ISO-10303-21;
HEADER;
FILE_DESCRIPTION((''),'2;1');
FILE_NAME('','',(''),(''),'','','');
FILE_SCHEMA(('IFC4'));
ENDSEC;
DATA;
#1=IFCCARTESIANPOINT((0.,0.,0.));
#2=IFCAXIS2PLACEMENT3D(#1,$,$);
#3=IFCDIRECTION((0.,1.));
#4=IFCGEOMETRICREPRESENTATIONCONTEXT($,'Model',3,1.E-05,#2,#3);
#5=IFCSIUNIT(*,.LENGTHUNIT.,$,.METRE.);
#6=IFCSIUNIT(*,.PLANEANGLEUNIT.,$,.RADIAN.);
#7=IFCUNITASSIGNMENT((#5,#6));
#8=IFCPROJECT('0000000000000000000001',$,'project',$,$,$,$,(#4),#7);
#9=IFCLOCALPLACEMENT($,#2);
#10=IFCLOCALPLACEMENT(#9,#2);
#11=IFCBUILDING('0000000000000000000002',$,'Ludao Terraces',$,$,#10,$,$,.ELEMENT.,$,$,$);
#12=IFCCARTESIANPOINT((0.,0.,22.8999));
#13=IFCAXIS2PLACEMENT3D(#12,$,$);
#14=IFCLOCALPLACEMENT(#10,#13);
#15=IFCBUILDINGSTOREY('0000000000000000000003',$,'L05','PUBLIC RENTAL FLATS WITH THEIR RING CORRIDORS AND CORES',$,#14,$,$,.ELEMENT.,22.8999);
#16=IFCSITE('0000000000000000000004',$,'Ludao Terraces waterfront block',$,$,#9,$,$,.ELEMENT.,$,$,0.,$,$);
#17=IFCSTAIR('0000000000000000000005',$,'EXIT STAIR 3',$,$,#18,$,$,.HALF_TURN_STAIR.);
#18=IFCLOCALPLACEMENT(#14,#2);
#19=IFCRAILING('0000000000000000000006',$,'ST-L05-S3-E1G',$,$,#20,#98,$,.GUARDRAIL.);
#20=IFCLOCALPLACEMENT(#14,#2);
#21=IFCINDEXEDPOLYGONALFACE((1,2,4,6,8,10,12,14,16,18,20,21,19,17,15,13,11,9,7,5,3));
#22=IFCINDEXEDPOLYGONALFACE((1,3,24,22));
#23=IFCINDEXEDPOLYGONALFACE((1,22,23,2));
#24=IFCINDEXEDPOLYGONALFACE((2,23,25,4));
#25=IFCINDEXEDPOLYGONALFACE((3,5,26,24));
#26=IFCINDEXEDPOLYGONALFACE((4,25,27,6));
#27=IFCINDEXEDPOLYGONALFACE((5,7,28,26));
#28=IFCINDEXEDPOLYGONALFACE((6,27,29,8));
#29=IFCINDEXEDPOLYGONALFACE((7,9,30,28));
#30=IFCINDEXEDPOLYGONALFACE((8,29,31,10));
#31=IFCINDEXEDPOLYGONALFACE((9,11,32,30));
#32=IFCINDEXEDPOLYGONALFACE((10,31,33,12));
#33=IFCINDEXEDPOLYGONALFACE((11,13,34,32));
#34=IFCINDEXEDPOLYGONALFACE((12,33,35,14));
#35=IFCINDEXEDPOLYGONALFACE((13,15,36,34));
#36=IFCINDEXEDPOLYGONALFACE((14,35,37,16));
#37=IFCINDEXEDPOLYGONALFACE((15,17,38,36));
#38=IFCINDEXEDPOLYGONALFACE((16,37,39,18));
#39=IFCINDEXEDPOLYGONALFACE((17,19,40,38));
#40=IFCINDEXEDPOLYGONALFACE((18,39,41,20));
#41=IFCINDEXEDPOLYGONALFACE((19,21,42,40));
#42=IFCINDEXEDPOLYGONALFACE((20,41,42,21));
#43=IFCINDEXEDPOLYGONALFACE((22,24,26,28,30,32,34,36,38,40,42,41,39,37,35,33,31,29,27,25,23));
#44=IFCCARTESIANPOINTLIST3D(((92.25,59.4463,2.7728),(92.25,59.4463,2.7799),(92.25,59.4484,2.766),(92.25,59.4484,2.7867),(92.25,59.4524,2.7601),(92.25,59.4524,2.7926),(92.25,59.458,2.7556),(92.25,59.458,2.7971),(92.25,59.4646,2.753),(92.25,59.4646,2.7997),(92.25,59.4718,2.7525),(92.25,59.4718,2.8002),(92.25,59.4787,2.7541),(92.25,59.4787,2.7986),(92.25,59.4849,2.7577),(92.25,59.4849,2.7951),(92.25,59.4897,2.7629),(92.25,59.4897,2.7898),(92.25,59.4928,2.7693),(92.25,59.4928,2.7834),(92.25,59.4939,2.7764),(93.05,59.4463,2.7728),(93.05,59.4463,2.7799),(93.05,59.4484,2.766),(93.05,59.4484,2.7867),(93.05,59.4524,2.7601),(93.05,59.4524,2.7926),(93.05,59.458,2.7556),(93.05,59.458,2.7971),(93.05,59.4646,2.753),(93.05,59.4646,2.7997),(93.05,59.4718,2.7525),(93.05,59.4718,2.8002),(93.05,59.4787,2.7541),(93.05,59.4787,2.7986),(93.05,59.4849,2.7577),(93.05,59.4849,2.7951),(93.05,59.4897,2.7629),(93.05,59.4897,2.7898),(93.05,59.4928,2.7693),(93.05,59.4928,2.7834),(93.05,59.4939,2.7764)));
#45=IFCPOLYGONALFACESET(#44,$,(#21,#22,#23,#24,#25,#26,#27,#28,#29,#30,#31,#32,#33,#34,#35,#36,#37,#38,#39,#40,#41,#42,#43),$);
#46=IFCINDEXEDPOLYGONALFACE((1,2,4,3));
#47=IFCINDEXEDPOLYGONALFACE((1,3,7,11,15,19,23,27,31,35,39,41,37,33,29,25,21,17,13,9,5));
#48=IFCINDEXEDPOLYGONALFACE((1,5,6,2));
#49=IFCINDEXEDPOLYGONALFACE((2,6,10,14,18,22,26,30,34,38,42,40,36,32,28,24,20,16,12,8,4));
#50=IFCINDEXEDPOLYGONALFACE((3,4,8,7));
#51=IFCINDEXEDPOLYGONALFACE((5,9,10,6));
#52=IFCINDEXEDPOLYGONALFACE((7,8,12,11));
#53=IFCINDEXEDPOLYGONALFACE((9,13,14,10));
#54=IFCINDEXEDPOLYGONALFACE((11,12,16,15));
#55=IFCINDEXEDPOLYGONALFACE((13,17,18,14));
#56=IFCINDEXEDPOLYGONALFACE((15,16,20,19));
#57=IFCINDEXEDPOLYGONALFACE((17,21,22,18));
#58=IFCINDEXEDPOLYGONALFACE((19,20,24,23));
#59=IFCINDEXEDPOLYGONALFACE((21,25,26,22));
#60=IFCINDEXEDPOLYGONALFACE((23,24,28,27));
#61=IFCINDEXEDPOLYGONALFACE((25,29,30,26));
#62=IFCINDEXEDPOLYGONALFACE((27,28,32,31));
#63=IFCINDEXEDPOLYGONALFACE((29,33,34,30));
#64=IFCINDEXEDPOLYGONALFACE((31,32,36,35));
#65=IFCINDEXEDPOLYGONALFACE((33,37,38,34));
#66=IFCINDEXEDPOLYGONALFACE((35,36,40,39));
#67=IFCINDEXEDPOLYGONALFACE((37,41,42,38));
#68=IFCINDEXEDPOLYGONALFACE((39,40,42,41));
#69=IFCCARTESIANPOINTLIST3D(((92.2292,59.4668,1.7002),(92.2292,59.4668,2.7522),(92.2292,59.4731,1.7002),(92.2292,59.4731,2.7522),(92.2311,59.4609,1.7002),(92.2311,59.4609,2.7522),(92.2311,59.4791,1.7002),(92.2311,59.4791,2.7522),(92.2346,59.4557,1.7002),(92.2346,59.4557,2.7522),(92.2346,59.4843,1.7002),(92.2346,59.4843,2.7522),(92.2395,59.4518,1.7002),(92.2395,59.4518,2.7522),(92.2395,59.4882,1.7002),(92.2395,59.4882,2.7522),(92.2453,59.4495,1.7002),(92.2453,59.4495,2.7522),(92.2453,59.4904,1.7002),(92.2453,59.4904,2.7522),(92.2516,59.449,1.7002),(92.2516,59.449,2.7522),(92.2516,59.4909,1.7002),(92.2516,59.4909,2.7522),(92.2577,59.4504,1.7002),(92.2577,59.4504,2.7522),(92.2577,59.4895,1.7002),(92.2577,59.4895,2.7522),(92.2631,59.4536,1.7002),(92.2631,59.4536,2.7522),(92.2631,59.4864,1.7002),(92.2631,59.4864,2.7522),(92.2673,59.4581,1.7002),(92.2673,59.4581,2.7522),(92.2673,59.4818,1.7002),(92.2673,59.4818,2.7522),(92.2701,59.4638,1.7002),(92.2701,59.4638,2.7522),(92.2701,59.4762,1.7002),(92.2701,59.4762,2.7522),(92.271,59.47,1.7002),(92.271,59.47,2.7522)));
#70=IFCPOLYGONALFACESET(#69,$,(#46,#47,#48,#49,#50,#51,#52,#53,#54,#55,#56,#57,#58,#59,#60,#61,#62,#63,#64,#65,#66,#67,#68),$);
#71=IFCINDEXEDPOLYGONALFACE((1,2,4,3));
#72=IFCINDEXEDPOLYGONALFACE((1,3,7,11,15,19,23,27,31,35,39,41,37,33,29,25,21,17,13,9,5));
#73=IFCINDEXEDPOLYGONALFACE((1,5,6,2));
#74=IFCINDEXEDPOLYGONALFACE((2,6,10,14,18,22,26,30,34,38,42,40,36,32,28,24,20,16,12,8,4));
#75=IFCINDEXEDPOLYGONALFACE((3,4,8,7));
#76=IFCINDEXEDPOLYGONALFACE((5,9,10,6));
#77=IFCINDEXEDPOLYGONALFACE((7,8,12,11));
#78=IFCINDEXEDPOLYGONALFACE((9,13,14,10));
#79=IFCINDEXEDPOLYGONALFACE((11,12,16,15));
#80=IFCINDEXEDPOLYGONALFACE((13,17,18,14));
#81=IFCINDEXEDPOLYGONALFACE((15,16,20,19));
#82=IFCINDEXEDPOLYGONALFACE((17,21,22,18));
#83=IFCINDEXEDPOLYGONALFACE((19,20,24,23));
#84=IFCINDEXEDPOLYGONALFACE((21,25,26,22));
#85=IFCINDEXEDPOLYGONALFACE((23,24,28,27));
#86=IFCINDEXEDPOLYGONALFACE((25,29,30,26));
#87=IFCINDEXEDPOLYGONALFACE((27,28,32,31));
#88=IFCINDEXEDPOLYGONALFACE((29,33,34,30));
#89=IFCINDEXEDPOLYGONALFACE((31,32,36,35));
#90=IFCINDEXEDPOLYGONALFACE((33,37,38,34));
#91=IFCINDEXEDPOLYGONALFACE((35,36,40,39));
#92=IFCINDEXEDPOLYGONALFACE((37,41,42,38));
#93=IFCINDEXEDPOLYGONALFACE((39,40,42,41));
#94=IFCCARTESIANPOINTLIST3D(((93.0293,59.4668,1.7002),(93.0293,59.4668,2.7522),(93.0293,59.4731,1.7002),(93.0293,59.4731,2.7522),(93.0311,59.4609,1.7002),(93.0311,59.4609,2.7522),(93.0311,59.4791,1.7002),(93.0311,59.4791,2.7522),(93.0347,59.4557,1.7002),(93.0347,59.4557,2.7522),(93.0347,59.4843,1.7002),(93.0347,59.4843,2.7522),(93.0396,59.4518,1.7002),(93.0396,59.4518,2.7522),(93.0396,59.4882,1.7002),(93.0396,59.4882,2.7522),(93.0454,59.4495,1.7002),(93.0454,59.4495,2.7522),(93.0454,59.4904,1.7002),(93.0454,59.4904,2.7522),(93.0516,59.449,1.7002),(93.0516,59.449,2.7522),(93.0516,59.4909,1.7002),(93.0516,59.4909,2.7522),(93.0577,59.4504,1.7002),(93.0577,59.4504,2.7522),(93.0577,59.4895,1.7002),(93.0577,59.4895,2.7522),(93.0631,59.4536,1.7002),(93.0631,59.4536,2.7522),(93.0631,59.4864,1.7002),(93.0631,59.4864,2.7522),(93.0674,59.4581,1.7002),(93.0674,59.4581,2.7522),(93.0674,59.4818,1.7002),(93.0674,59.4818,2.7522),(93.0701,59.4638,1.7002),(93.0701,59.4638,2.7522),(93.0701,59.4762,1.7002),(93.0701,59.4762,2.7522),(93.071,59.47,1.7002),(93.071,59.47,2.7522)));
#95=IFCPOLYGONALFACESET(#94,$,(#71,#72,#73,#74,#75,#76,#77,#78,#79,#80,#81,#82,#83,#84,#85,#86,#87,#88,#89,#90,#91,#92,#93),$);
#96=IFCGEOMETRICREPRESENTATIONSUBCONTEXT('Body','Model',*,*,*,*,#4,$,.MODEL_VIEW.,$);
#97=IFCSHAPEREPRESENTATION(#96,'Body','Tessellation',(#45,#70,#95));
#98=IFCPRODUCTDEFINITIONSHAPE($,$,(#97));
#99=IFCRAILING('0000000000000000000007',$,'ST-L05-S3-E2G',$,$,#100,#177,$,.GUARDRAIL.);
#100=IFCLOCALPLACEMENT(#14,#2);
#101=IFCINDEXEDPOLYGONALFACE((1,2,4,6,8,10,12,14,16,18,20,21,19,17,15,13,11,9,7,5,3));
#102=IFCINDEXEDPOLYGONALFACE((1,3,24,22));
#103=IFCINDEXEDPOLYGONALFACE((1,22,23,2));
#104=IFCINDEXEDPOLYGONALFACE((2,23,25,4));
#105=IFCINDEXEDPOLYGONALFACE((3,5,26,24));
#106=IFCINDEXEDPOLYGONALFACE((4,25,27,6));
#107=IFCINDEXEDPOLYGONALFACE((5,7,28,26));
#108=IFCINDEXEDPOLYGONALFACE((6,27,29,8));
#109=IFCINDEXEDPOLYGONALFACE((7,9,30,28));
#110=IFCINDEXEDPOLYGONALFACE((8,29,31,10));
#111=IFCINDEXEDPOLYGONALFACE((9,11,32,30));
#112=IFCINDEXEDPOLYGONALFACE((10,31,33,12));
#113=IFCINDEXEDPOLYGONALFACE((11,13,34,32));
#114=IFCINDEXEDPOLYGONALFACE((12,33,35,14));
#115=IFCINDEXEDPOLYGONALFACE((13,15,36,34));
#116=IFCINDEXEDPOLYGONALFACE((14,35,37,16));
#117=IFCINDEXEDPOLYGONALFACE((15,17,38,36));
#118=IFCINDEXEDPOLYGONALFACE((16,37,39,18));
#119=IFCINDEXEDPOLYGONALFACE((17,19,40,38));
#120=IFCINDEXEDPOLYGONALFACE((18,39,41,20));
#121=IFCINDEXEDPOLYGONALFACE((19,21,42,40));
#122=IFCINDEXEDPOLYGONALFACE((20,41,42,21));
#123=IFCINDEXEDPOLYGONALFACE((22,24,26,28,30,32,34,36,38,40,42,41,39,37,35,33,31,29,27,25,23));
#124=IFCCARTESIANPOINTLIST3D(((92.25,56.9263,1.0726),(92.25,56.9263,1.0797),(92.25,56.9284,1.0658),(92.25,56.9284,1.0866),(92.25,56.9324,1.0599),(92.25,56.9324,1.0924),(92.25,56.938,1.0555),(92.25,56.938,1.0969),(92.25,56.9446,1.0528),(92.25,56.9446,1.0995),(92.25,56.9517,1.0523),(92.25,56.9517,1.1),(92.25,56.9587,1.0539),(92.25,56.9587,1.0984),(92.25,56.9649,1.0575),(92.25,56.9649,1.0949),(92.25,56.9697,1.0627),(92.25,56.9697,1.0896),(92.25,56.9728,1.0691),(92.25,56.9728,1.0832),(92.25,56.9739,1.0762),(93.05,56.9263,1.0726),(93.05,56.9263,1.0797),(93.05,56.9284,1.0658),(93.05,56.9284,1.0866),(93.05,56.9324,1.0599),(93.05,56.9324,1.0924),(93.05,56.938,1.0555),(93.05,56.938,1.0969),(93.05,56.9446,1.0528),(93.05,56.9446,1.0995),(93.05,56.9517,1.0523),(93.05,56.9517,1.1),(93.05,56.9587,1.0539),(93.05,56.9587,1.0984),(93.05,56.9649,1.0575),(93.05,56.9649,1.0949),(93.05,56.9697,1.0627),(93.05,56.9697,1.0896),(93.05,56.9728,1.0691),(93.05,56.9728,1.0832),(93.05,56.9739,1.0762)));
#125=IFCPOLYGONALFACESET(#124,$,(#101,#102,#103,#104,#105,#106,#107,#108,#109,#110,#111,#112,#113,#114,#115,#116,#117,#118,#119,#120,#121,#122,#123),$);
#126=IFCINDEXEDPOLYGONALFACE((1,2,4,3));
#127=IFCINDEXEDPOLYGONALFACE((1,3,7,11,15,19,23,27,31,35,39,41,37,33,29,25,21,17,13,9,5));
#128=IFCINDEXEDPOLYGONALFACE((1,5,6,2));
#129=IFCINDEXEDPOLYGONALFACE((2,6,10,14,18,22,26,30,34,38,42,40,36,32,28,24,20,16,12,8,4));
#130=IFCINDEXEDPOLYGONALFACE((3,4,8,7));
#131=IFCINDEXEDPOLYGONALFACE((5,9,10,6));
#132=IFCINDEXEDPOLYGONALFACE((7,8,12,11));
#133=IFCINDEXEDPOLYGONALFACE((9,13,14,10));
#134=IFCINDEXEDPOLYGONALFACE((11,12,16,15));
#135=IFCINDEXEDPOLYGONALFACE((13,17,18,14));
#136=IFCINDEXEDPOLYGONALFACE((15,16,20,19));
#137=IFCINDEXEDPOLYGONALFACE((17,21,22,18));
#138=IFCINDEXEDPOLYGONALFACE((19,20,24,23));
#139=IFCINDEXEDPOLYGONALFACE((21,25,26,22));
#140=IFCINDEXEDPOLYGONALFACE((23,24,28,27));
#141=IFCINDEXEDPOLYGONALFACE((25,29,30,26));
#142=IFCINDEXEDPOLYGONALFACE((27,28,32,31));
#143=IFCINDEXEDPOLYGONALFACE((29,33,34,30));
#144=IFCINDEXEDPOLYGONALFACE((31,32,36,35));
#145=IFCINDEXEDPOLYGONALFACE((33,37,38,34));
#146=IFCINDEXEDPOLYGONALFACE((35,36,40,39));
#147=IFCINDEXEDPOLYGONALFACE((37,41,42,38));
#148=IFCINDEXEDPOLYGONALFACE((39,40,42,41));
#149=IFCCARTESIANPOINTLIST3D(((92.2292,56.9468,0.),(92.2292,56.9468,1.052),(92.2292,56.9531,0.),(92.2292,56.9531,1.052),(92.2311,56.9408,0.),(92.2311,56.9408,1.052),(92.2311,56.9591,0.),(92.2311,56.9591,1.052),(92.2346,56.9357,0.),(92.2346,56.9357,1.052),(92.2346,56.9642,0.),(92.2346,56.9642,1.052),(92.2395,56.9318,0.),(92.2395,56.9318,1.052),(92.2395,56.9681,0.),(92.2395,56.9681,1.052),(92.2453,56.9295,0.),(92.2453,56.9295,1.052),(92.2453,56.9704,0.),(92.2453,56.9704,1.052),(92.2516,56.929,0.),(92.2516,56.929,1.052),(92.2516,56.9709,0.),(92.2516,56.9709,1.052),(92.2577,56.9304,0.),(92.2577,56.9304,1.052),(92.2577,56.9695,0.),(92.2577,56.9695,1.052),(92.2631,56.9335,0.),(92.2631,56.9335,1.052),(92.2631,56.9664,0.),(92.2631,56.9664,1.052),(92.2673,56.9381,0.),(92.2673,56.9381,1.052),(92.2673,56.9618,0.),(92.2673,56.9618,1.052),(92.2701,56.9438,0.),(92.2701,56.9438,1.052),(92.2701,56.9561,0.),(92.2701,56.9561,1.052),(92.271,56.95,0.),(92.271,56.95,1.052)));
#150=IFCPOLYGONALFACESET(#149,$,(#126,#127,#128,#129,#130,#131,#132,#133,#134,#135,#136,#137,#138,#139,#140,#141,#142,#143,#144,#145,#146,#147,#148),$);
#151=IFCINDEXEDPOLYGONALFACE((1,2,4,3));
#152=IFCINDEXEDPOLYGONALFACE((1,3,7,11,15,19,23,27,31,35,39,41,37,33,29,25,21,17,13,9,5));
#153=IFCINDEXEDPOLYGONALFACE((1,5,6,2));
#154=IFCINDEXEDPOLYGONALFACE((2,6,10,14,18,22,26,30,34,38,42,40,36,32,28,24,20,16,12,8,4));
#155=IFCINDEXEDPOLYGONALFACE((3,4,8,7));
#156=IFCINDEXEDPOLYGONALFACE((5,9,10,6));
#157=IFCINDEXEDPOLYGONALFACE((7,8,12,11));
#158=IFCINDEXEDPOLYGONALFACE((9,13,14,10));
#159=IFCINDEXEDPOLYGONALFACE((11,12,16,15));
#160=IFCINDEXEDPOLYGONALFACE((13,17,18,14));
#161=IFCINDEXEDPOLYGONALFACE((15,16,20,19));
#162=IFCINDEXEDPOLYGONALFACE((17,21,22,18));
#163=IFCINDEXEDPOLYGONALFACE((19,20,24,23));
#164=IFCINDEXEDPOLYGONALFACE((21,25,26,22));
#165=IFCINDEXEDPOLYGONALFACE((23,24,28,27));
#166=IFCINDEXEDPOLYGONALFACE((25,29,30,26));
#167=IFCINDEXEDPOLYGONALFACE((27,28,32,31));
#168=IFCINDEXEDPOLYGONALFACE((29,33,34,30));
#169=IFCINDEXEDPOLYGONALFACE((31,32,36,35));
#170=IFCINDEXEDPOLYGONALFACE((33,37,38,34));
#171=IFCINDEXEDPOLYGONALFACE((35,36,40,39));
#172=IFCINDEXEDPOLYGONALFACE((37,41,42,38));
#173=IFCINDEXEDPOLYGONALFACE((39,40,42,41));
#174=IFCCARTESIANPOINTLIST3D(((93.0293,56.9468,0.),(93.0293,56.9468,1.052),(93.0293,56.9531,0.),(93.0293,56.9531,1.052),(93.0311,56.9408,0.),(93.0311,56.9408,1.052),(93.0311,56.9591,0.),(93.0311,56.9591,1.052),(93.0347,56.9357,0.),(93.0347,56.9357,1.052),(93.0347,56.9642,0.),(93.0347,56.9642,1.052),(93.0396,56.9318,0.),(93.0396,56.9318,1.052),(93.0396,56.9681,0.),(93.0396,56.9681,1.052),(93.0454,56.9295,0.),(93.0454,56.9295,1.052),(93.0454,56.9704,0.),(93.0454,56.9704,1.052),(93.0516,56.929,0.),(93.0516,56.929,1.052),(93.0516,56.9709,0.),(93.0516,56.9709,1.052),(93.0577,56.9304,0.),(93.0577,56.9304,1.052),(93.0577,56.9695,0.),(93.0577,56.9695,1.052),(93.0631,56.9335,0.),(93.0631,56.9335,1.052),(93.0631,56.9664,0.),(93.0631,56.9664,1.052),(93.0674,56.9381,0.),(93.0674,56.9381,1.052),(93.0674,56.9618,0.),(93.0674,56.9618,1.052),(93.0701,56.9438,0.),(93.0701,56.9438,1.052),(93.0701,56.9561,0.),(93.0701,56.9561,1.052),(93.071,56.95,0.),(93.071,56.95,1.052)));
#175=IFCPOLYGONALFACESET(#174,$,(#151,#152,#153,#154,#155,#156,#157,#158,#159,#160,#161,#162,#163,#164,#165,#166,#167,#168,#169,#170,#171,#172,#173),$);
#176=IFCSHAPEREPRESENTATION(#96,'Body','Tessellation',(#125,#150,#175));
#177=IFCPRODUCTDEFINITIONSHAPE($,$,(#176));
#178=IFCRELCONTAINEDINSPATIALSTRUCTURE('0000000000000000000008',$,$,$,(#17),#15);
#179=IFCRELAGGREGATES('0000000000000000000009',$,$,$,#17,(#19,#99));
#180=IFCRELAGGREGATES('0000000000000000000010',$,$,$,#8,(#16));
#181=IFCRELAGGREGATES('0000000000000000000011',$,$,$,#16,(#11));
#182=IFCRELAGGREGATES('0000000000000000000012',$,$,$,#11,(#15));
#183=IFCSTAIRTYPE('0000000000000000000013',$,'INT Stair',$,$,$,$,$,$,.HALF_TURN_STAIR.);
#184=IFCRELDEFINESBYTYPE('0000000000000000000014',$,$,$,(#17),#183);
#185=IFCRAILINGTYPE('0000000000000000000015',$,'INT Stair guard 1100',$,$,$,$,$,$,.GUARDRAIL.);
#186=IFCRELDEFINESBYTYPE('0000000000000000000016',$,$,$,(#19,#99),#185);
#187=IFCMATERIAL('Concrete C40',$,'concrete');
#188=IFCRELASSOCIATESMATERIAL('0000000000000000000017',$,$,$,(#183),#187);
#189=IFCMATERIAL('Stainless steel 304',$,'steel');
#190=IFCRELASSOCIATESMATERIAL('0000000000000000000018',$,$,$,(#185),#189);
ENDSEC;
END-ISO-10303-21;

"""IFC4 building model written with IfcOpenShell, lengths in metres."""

from ifc_helpers import new_model, si_unit, direction, frame, origin, origin_2d, place, context, subcontext, project, spatial, circle, extrude, material, type_object, element, aggregate, save


model = new_model("IFC4")

# Units and contexts
model_context = context("Model", 3, precision=1e-05, world=origin(), true_north=direction((0.0, 1.0)))
body_context = subcontext(model_context, "Body", "Model", "MODEL_VIEW")
ifc_project = project(units=[si_unit("LENGTHUNIT", "METRE"), si_unit("PLANEANGLEUNIT", "RADIAN")], contexts=[model_context])

# Site, building, storey
site_placement = place(None, origin())
site = spatial("IfcSite", under=ifc_project, at=site_placement, Name="Ludao Terraces waterfront block", CompositionType="ELEMENT", RefElevation=0.0)
building_placement = place(site_placement, origin())
building = spatial("IfcBuilding", under=site, at=building_placement, Name="Ludao Terraces", CompositionType="ELEMENT")
storey_placement = place(building_placement, frame((0.0, 0.0, 22.8999)))
storey = spatial("IfcBuildingStorey", under=building, at=storey_placement, Name="L05", Description="PUBLIC RENTAL FLATS WITH THEIR RING CORRIDORS AND CORES", CompositionType="ELEMENT", Elevation=22.8999)

# Stair, railings
ifc_material_1 = material(Name="Concrete C40", Category="concrete")
stair_type = type_object("IfcStairType", Name="INT Stair", PredefinedType="HALF_TURN_STAIR", material=ifc_material_1)
stair_placement = place(storey_placement, origin())
stair = element("IfcStair", 1, at=stair_placement, inside=storey, type_object=stair_type, Name="EXIT STAIR 3", PredefinedType="HALF_TURN_STAIR")
ifc_material_2 = material(Name="Stainless steel 304", Category="steel")
railing_type_1 = type_object("IfcRailingType", Name="INT Stair guard 1100", PredefinedType="GUARDRAIL", material=ifc_material_2)
railing_1_placement = place(storey_placement, frame((92.25, 59.47, 1.7002)))
railing_1 = element("IfcRailing", 2, at=railing_1_placement, type_object=railing_type_1, Name="ST-L05-S3-E1G", PredefinedType="GUARDRAIL", context=body_context, shape_type="SweptSolid", body=[
    extrude(circle(Radius=0.0239, at=origin_2d()), frame((0.0, 0.0, 1.0762), z_axis=(1.0, 0.0, 0.0), x_axis=(0.0, 1.0, 0.0)), (0.0, 0.0, 1.0), 0.8),
    extrude(circle(Radius=0.021, at=origin_2d()), origin(), (0.0, 0.0, 1.0), 1.052),
    extrude(circle(Radius=0.021, at=origin_2d()), frame((0.8, 0.0, 0.0)), (0.0, 0.0, 1.0), 1.052),
])
railing_2_placement = place(storey_placement, frame((92.25, 56.95, 0.0)))
railing_2 = element("IfcRailing", 3, at=railing_2_placement, type_object=railing_type_1, Name="ST-L05-S3-E2G", PredefinedType="GUARDRAIL", context=body_context, shape_type="SweptSolid", body=[
    extrude(circle(Radius=0.0239, at=origin_2d()), frame((0.0, 0.0, 1.0762), z_axis=(1.0, 0.0, 0.0), x_axis=(0.0, 1.0, 0.0)), (0.0, 0.0, 1.0), 0.8),
    extrude(circle(Radius=0.021, at=origin_2d()), origin(), (0.0, 0.0, 1.0), 1.052),
    extrude(circle(Radius=0.021, at=origin_2d()), frame((0.8, 0.0, 0.0)), (0.0, 0.0, 1.0), 1.052),
])
aggregate(stair, [railing_1, railing_2])

save(model, "model.ifc")
